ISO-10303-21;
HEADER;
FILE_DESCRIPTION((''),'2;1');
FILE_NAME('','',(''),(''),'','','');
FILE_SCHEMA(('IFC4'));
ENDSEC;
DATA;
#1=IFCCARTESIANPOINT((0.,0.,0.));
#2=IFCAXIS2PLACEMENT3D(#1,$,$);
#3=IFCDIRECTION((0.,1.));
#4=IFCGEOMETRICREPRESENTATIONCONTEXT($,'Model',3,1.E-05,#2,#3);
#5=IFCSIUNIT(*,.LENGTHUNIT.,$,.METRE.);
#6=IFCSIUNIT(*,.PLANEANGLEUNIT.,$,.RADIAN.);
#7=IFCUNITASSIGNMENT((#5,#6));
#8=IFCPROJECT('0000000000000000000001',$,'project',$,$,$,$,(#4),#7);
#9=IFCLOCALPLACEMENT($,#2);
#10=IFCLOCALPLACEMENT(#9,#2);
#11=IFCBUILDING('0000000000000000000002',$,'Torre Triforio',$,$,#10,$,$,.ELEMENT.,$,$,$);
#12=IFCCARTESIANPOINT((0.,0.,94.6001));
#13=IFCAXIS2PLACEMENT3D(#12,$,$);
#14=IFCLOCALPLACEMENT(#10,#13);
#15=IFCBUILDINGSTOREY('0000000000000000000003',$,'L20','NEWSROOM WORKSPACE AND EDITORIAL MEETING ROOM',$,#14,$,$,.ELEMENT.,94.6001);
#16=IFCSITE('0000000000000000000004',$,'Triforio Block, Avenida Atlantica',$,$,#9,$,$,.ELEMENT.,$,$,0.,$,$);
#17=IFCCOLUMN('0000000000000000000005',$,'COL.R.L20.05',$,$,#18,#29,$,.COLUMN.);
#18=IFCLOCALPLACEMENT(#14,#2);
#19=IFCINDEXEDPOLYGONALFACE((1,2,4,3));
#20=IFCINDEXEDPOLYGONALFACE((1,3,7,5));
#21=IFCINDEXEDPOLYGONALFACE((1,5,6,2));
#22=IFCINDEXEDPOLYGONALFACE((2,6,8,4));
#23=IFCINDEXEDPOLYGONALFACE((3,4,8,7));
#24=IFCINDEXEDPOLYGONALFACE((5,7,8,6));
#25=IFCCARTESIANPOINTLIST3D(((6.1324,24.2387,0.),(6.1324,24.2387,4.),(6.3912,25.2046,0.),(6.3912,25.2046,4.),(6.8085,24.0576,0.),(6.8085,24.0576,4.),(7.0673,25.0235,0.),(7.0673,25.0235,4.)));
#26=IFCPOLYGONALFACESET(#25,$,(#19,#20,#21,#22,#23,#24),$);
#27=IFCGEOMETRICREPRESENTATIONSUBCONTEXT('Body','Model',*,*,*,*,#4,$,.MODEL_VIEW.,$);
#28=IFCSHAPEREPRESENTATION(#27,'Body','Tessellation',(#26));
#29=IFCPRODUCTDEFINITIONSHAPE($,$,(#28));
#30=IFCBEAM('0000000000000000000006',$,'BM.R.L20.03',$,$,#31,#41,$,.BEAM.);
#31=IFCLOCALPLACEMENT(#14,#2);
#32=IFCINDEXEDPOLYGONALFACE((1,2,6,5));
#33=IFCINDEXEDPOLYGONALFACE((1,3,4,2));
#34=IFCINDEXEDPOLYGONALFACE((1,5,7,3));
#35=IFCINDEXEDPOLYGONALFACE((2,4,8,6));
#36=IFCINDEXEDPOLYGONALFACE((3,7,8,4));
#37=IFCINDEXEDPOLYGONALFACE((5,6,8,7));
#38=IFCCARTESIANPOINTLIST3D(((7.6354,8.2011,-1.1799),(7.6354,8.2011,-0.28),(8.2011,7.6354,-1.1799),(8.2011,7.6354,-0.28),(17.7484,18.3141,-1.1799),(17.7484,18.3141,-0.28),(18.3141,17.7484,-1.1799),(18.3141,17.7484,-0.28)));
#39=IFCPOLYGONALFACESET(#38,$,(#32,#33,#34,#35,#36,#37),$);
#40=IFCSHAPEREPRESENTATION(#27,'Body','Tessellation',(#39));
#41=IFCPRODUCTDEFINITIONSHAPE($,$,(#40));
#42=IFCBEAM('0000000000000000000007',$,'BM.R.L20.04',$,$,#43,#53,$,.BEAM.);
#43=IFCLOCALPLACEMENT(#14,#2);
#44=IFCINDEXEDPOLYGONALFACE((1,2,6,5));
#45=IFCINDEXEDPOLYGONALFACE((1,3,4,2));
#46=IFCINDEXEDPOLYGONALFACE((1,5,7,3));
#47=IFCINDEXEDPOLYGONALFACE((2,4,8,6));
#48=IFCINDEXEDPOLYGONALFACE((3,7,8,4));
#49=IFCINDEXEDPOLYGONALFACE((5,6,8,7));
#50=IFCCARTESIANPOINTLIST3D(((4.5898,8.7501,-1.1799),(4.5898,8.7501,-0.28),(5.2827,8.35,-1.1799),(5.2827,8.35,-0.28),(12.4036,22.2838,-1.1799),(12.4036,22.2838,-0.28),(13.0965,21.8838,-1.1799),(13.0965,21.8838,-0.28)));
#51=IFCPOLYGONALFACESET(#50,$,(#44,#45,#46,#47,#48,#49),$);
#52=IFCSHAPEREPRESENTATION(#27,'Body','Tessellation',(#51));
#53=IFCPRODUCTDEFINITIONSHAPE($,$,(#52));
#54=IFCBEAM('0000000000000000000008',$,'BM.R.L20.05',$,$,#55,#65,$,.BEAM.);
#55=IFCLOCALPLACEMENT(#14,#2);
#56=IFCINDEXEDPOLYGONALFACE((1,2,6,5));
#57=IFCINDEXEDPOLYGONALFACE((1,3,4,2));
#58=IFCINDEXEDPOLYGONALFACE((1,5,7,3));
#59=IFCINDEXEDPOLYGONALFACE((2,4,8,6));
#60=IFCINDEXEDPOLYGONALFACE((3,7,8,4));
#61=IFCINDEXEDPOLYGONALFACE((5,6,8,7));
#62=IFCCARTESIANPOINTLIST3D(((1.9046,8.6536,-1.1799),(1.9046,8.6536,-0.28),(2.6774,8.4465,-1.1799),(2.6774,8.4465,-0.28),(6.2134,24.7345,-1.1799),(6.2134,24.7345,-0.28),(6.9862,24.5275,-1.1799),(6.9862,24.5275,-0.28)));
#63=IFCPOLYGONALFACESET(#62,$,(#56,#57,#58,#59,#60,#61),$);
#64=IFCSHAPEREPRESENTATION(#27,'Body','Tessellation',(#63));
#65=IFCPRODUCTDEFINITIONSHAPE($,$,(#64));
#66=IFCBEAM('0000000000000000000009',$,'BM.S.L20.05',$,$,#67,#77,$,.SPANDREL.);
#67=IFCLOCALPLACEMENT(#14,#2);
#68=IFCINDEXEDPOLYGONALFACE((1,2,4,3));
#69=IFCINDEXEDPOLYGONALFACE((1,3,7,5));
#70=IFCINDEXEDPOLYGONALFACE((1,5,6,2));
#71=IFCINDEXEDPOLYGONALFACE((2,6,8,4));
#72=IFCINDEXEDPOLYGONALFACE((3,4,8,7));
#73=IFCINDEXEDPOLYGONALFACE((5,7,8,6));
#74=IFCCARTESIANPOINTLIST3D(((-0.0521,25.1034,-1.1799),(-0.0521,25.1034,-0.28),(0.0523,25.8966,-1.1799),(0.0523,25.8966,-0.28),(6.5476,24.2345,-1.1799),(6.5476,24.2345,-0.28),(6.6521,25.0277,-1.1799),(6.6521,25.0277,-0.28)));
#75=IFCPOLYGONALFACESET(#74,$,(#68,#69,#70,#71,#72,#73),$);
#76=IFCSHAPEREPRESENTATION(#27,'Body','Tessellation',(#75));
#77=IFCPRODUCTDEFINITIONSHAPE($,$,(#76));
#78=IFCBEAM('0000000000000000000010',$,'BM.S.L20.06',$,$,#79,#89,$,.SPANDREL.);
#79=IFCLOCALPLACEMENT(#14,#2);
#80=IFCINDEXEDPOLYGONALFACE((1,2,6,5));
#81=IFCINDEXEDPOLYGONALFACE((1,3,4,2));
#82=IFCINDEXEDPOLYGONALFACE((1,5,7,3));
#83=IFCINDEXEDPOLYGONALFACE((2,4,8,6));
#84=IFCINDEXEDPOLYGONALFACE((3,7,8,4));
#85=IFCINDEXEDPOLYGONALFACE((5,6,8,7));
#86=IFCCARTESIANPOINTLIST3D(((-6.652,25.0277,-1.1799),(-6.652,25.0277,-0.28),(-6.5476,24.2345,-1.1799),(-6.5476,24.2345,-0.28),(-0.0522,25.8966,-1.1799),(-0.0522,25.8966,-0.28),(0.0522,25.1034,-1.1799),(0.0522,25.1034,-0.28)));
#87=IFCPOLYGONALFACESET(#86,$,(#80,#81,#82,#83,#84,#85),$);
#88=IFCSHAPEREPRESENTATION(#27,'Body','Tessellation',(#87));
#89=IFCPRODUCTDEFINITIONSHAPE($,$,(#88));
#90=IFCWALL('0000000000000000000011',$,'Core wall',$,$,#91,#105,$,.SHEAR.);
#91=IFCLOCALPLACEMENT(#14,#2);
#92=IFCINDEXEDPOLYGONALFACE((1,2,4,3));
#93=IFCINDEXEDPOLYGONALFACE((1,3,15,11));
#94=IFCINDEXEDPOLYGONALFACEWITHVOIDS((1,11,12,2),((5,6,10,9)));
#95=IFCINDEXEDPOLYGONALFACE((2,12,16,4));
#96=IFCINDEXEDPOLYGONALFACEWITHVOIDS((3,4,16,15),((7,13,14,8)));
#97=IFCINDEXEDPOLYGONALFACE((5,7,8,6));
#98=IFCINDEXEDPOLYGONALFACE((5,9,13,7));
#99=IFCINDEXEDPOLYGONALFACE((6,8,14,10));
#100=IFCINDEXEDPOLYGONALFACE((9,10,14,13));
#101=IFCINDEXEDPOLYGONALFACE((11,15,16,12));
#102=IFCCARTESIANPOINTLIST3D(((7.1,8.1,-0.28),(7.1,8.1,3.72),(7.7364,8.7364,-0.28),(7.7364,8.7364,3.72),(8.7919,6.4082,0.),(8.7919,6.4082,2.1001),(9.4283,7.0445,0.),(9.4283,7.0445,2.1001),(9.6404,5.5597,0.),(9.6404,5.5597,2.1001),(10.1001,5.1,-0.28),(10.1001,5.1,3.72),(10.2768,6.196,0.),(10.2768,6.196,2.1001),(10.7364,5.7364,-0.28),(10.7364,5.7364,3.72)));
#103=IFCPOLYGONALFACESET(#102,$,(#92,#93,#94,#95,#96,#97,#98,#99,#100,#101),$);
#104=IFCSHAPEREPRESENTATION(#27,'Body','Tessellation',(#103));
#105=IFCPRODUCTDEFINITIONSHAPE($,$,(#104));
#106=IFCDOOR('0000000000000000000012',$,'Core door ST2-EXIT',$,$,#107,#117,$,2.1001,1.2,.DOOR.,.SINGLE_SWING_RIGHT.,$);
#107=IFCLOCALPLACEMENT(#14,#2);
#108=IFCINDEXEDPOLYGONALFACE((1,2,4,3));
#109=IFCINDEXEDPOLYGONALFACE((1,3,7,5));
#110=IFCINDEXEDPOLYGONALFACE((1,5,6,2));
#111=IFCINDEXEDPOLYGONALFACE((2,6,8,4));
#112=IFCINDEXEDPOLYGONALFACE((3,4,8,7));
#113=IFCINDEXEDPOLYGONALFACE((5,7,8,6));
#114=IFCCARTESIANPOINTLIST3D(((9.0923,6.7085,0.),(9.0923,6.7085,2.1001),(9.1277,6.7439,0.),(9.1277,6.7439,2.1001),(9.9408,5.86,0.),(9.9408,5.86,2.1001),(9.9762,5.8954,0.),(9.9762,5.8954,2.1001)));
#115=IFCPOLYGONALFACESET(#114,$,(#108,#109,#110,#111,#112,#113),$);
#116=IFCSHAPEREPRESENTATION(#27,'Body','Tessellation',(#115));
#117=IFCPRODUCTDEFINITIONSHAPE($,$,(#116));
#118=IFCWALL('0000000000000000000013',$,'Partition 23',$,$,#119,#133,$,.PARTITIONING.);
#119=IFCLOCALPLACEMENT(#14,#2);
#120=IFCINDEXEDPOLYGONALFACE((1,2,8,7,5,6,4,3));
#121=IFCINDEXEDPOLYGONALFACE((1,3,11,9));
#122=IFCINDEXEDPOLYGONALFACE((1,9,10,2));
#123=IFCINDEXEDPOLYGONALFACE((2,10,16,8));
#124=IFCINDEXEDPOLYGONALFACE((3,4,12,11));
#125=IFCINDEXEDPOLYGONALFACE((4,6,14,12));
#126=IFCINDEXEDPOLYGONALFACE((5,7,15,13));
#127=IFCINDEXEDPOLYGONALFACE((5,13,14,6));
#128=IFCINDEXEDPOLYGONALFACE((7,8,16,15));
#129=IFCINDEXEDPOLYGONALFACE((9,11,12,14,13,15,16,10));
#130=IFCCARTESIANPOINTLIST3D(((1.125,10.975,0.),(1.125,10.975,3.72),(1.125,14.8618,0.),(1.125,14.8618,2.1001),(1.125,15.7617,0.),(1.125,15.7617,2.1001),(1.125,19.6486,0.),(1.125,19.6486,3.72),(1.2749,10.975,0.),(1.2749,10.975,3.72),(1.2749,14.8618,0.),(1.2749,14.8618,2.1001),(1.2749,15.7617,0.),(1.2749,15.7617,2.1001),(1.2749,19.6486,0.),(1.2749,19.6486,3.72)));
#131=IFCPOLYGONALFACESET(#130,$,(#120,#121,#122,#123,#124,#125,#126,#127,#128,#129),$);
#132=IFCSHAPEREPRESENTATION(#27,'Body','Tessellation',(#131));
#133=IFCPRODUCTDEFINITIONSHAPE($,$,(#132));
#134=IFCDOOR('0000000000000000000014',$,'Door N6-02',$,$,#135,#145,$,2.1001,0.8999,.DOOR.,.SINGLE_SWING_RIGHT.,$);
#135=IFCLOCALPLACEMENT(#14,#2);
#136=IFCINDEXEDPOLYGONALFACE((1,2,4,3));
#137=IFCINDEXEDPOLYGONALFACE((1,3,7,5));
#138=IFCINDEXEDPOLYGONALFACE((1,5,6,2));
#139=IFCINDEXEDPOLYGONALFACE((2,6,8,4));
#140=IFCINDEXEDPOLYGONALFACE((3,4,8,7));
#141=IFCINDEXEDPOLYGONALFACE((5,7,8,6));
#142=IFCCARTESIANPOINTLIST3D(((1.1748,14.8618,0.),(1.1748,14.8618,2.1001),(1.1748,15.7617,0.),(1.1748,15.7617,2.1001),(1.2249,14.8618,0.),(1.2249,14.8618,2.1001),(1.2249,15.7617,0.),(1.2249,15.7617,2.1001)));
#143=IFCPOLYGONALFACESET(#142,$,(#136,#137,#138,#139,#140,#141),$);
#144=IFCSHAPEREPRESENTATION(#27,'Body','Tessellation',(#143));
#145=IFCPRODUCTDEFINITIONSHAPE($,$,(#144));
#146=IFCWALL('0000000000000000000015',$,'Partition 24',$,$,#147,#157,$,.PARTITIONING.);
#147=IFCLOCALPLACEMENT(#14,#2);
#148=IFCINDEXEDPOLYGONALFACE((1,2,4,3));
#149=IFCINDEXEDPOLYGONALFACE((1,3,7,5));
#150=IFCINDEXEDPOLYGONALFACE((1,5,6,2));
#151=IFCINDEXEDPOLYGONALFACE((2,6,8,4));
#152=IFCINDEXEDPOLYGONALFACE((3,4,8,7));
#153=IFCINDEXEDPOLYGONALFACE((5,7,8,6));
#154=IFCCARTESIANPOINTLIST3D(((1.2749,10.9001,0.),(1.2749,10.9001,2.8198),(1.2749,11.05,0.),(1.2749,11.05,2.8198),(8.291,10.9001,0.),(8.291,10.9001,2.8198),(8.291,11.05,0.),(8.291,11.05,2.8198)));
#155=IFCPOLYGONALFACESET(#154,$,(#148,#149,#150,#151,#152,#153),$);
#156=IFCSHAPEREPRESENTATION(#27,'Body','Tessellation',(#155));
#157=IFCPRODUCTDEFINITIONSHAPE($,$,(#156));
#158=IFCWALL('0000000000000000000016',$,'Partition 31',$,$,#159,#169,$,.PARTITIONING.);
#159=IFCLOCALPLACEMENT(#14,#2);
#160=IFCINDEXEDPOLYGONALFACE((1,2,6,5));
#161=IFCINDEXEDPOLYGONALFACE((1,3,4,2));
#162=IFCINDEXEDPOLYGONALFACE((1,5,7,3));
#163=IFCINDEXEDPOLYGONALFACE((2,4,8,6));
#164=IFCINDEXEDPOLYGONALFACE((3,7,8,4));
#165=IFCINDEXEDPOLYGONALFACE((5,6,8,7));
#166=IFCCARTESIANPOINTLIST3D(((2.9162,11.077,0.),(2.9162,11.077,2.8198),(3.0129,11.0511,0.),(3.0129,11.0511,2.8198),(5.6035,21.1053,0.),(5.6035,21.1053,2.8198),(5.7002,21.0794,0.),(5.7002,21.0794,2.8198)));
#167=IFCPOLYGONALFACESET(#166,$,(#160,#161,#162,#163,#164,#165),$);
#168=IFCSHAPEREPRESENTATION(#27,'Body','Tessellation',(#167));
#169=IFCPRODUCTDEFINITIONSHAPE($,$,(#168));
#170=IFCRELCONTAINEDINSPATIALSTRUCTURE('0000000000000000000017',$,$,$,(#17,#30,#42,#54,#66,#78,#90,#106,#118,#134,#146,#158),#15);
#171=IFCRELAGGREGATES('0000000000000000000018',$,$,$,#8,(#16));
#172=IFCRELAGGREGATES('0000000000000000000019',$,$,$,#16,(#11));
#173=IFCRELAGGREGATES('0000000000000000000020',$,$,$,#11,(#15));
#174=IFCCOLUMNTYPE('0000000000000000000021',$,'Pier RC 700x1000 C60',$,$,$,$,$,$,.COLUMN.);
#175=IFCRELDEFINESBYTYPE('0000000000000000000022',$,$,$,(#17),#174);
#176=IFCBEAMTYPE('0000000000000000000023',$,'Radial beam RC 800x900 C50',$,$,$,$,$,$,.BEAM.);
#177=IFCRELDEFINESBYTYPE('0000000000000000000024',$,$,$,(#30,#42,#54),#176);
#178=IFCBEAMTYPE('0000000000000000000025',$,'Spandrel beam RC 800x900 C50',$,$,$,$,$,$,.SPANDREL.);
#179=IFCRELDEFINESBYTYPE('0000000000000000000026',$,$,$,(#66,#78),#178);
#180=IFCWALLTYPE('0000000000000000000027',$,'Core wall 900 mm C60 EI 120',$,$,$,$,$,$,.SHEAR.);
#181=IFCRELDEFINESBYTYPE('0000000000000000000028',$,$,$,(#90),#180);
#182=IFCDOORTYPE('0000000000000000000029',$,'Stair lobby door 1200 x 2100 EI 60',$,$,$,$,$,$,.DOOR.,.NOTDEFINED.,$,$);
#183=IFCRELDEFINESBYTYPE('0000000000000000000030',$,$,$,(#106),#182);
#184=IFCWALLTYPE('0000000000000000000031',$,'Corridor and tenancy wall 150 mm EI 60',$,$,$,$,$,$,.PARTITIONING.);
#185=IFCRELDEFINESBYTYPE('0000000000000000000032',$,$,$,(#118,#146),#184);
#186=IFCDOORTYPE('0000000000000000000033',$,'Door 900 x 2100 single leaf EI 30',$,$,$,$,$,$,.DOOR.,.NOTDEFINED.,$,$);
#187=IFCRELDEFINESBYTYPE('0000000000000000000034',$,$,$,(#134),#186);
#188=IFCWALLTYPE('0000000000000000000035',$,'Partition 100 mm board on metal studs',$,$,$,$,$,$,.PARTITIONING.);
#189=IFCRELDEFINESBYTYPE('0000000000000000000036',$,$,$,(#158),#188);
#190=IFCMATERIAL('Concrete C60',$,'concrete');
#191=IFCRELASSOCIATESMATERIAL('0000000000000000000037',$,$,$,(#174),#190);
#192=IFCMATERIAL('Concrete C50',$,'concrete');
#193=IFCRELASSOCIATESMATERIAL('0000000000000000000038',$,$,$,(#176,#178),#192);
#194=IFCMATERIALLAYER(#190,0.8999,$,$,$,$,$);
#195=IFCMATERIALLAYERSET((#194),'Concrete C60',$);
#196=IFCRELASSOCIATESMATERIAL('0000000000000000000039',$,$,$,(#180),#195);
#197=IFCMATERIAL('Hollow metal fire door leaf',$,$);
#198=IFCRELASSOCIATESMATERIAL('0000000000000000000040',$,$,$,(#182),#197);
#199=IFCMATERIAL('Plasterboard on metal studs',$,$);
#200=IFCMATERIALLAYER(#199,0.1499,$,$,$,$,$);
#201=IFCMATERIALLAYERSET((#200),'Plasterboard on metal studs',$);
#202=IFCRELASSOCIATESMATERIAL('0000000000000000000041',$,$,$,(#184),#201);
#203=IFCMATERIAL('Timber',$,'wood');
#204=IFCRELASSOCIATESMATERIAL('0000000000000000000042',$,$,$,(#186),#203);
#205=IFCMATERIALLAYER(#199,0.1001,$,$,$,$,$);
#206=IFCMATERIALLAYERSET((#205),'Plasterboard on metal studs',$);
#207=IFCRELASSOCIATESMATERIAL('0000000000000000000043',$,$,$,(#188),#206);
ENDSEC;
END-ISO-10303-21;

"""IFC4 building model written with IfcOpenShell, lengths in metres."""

from ifc_helpers import new_model, si_unit, direction, frame, frame_2d, origin, origin_2d, place, context, subcontext, project, spatial, rectangle, extrude, material, layer, layer_set, material_profile, profile_set, type_object, element, fill, save


model = new_model("IFC4")

# Units and contexts
model_context = context("Model", 3, precision=1e-05, world=origin(), true_north=direction((0.0, 1.0)))
body_context = subcontext(model_context, "Body", "Model", "MODEL_VIEW")
ifc_project = project(units=[si_unit("LENGTHUNIT", "METRE"), si_unit("PLANEANGLEUNIT", "RADIAN")], contexts=[model_context])

# Site, building, storey
site_placement = place(None, origin())
site = spatial("IfcSite", under=ifc_project, at=site_placement, Name="Triforio Block, Avenida Atlantica", CompositionType="ELEMENT", RefElevation=0.0)
building_placement = place(site_placement, origin())
building = spatial("IfcBuilding", under=site, at=building_placement, Name="Torre Triforio", CompositionType="ELEMENT")
storey_placement = place(building_placement, frame((0.0, 0.0, 94.6001)))
storey = spatial("IfcBuildingStorey", under=building, at=storey_placement, Name="L20", Description="NEWSROOM WORKSPACE AND EDITORIAL MEETING ROOM", CompositionType="ELEMENT", Elevation=94.6001)

# Column
ifc_material_1 = material(Name="Concrete C60", Category="concrete")
ifc_material_profile_1 = material_profile(ifc_material_1, rectangle(XDim=0.7, YDim=1.0, at=origin_2d()), Name="RC 700x1000")
ifc_profile_set_1 = profile_set([ifc_material_profile_1], Name="Concrete C60")
column_type = type_object("IfcColumnType", Name="Pier RC 700x1000 C60", PredefinedType="COLUMN", material=ifc_profile_set_1)
column_placement = place(storey_placement, frame((6.5999, 24.6311, 0.0), z_axis=(0.0, 0.0, 1.0), x_axis=(-0.965926, 0.258819, 0.0)))
element("IfcColumn", 1, at=column_placement, inside=storey, type_object=column_type, Name="COL.R.L20.05", PredefinedType="COLUMN", context=body_context, shape_type="SweptSolid", body=[
    extrude(rectangle(XDim=0.7, YDim=1.0, at=origin_2d()), origin(), (0.0, 0.0, 1.0), 4.0),
])

# Beams
ifc_material_2 = material(Name="Concrete C50", Category="concrete")
ifc_material_profile_2 = material_profile(ifc_material_2, rectangle(XDim=0.8, YDim=0.8999, at=origin_2d()), Name="RC 800x900")
ifc_profile_set_2 = profile_set([ifc_material_profile_2], Name="Concrete C50")
beam_type_1 = type_object("IfcBeamType", Name="Radial beam RC 800x900 C50", PredefinedType="BEAM", material=ifc_profile_set_2)
beam_1_placement = place(storey_placement, frame((7.9182, 7.9182, -0.73), z_axis=(0.707107, 0.707107, 0.0), x_axis=(-0.707107, 0.707107, 0.0)))
element("IfcBeam", 2, at=beam_1_placement, inside=storey, type_object=beam_type_1, Name="BM.R.L20.03", PredefinedType="BEAM", context=body_context, shape_type="SweptSolid", body=[
    extrude(rectangle(XDim=0.8, YDim=0.8999, at=origin_2d()), origin(), (0.0, 0.0, 1.0), 14.302),
])
beam_2_placement = place(storey_placement, frame((4.9363, 8.55, -0.73), z_axis=(0.500002, 0.866024, 0.0), x_axis=(-0.866024, 0.500002, 0.0)))
element("IfcBeam", 3, at=beam_2_placement, inside=storey, type_object=beam_type_1, Name="BM.R.L20.04", PredefinedType="BEAM", context=body_context, shape_type="SweptSolid", body=[
    extrude(rectangle(XDim=0.8, YDim=0.8999, at=origin_2d()), origin(), (0.0, 0.0, 1.0), 15.6274),
])
beam_3_placement = place(storey_placement, frame((2.291, 8.55, -0.73), z_axis=(0.258815, 0.965927, 0.0), x_axis=(-0.965927, 0.258815, 0.0)))
element("IfcBeam", 4, at=beam_3_placement, inside=storey, type_object=beam_type_1, Name="BM.R.L20.05", PredefinedType="BEAM", context=body_context, shape_type="SweptSolid", body=[
    extrude(rectangle(XDim=0.8, YDim=0.8999, at=origin_2d()), origin(), (0.0, 0.0, 1.0), 16.6482),
])
ifc_material_profile_3 = material_profile(ifc_material_2, rectangle(XDim=0.8, YDim=0.8999, at=origin_2d()), Name="RC 800x900")
ifc_profile_set_3 = profile_set([ifc_material_profile_3], Name="Concrete C50")
beam_type_2 = type_object("IfcBeamType", Name="Spandrel beam RC 800x900 C50", PredefinedType="SPANDREL", material=ifc_profile_set_3)
for number, where, z_axis, x_axis, name in (
    (5, (6.5999, 24.6311, -0.73), (-0.991445, 0.130528, 0.0), (-0.130528, -0.991445, 0.0), "BM.S.L20.05"),
    (6, (0.0, 25.5, -0.73), (-0.991445, -0.130528, 0.0), (0.130528, -0.991445, 0.0), "BM.S.L20.06"),
):
    element("IfcBeam", number, at=place(storey_placement, frame(where, z_axis=z_axis, x_axis=x_axis)), inside=storey, type_object=beam_type_2, Name=name, PredefinedType="SPANDREL", context=body_context, shape_type="SweptSolid", body=[
        extrude(rectangle(XDim=0.8, YDim=0.8999, at=origin_2d()), origin(), (0.0, 0.0, 1.0), 6.6567),
    ])

# Walls, openings, doors
ifc_layer_1 = layer(ifc_material_1, 0.8999)
ifc_layer_set_1 = layer_set([ifc_layer_1], Name="Concrete C60")
wall_type_1 = type_object("IfcWallType", Name="Core wall 900 mm C60 EI 120", PredefinedType="SHEAR", material=ifc_layer_set_1)
wall_1_placement = place(storey_placement, frame((7.4182, 8.4182, -0.28), z_axis=(0.0, 0.0, 1.0), x_axis=(0.707107, -0.707107, 0.0)))
wall_1 = element("IfcWall", 7, at=wall_1_placement, inside=storey, type_object=wall_type_1, Name="Core wall", PredefinedType="SHEAR", context=body_context, shape_type="SweptSolid", body=[
    extrude(rectangle(XDim=4.2427, YDim=0.8999, at=frame_2d((2.1213, 0.0))), origin(), (0.0, 0.0, 1.0), 4.0),
])
opening_1_placement = place(wall_1_placement, frame((2.3926, 0.0, 0.28)))
opening_1 = element("IfcOpeningElement", 8, at=opening_1_placement, cuts=wall_1, PredefinedType="OPENING", context=body_context, shape_type="SweptSolid", body=[
    extrude(rectangle(XDim=1.2, YDim=2.1001, at=frame_2d((0.6001, 1.05))), frame((0.0, 0.46, 0.0), z_axis=(0.0, -1.0, 0.0), x_axis=(1.0, 0.0, 0.0)), (0.0, 0.0, 1.0), 0.9199),
])
ifc_material_3 = material(Name="Hollow metal fire door leaf")
door_type_1 = type_object("IfcDoorType", Name="Stair lobby door 1200 x 2100 EI 60", OperationType="NOTDEFINED", PredefinedType="DOOR", material=ifc_material_3)
door_1_placement = place(opening_1_placement, origin())
door_1 = element("IfcDoor", 9, at=door_1_placement, inside=storey, type_object=door_type_1, Name="Core door ST2-EXIT", OperationType="SINGLE_SWING_RIGHT", OverallHeight=2.1001, OverallWidth=1.2, PredefinedType="DOOR", context=body_context, shape_type="SweptSolid", body=[
    extrude(rectangle(XDim=1.2, YDim=2.1001, at=frame_2d((0.6001, 1.05))), frame((0.0, 0.0249, 0.0), z_axis=(0.0, -1.0, 0.0), x_axis=(1.0, 0.0, 0.0)), (0.0, 0.0, 1.0), 0.05),
])
fill(opening_1, door_1)
ifc_material_4 = material(Name="Plasterboard on metal studs")
ifc_layer_2 = layer(ifc_material_4, 0.1499)
ifc_layer_set_2 = layer_set([ifc_layer_2], Name="Plasterboard on metal studs")
wall_type_2 = type_object("IfcWallType", Name="Corridor and tenancy wall 150 mm EI 60", PredefinedType="PARTITIONING", material=ifc_layer_set_2)
wall_2_placement = place(storey_placement, frame((1.2, 19.6487, 0.0), z_axis=(0.0, 0.0, 1.0), x_axis=(0.0, -1.0, 0.0)))
wall_2 = element("IfcWall", 10, at=wall_2_placement, inside=storey, type_object=wall_type_2, Name="Partition 23", PredefinedType="PARTITIONING", context=body_context, shape_type="SweptSolid", body=[
    extrude(rectangle(XDim=8.6736, YDim=0.1499, at=frame_2d((4.3369, 0.0))), origin(), (0.0, 0.0, 1.0), 3.72),
])
opening_2_placement = place(wall_2_placement, frame((3.887, 0.0, 0.0)))
opening_2 = element("IfcOpeningElement", 11, at=opening_2_placement, cuts=wall_2, PredefinedType="OPENING", context=body_context, shape_type="SweptSolid", body=[
    extrude(rectangle(XDim=0.8999, YDim=2.1001, at=frame_2d((0.45, 1.05))), frame((0.0, 0.085, 0.0), z_axis=(0.0, -1.0, 0.0), x_axis=(1.0, 0.0, 0.0)), (0.0, 0.0, 1.0), 0.1699),
])
ifc_material_5 = material(Name="Timber", Category="wood")
door_type_2 = type_object("IfcDoorType", Name="Door 900 x 2100 single leaf EI 30", OperationType="NOTDEFINED", PredefinedType="DOOR", material=ifc_material_5)
door_2_placement = place(opening_2_placement, origin())
door_2 = element("IfcDoor", 12, at=door_2_placement, inside=storey, type_object=door_type_2, Name="Door N6-02", OperationType="SINGLE_SWING_RIGHT", OverallHeight=2.1001, OverallWidth=0.8999, PredefinedType="DOOR", context=body_context, shape_type="SweptSolid", body=[
    extrude(rectangle(XDim=0.8999, YDim=2.1001, at=frame_2d((0.45, 1.05))), frame((0.0, 0.0249, 0.0), z_axis=(0.0, -1.0, 0.0), x_axis=(1.0, 0.0, 0.0)), (0.0, 0.0, 1.0), 0.05),
])
fill(opening_2, door_2)

# Walls
wall_3_placement = place(storey_placement, frame((1.2749, 10.9751, 0.0), z_axis=(0.0, 0.0, 1.0), x_axis=(1.0, 0.0, 0.0)))
element("IfcWall", 13, at=wall_3_placement, inside=storey, type_object=wall_type_2, Name="Partition 24", PredefinedType="PARTITIONING", context=body_context, shape_type="SweptSolid", body=[
    extrude(rectangle(XDim=7.0161, YDim=0.1499, at=frame_2d((3.5081, 0.0))), origin(), (0.0, 0.0, 1.0), 2.8198),
])
ifc_layer_3 = layer(ifc_material_4, 0.1001)
ifc_layer_set_3 = layer_set([ifc_layer_3], Name="Plasterboard on metal studs")
wall_type_3 = type_object("IfcWallType", Name="Partition 100 mm board on metal studs", PredefinedType="PARTITIONING", material=ifc_layer_set_3)
wall_4_placement = place(storey_placement, frame((2.9646, 11.0642, 0.0), z_axis=(0.0, 0.0, 1.0), x_axis=(0.258835, 0.965922, 0.0)))
element("IfcWall", 14, at=wall_4_placement, inside=storey, type_object=wall_type_3, Name="Partition 31", PredefinedType="PARTITIONING", context=body_context, shape_type="SweptSolid", body=[
    extrude(rectangle(XDim=10.3821, YDim=0.1001, at=frame_2d((5.1909, 0.0))), origin(), (0.0, 0.0, 1.0), 2.8198),
])

save(model, "model.ifc")
